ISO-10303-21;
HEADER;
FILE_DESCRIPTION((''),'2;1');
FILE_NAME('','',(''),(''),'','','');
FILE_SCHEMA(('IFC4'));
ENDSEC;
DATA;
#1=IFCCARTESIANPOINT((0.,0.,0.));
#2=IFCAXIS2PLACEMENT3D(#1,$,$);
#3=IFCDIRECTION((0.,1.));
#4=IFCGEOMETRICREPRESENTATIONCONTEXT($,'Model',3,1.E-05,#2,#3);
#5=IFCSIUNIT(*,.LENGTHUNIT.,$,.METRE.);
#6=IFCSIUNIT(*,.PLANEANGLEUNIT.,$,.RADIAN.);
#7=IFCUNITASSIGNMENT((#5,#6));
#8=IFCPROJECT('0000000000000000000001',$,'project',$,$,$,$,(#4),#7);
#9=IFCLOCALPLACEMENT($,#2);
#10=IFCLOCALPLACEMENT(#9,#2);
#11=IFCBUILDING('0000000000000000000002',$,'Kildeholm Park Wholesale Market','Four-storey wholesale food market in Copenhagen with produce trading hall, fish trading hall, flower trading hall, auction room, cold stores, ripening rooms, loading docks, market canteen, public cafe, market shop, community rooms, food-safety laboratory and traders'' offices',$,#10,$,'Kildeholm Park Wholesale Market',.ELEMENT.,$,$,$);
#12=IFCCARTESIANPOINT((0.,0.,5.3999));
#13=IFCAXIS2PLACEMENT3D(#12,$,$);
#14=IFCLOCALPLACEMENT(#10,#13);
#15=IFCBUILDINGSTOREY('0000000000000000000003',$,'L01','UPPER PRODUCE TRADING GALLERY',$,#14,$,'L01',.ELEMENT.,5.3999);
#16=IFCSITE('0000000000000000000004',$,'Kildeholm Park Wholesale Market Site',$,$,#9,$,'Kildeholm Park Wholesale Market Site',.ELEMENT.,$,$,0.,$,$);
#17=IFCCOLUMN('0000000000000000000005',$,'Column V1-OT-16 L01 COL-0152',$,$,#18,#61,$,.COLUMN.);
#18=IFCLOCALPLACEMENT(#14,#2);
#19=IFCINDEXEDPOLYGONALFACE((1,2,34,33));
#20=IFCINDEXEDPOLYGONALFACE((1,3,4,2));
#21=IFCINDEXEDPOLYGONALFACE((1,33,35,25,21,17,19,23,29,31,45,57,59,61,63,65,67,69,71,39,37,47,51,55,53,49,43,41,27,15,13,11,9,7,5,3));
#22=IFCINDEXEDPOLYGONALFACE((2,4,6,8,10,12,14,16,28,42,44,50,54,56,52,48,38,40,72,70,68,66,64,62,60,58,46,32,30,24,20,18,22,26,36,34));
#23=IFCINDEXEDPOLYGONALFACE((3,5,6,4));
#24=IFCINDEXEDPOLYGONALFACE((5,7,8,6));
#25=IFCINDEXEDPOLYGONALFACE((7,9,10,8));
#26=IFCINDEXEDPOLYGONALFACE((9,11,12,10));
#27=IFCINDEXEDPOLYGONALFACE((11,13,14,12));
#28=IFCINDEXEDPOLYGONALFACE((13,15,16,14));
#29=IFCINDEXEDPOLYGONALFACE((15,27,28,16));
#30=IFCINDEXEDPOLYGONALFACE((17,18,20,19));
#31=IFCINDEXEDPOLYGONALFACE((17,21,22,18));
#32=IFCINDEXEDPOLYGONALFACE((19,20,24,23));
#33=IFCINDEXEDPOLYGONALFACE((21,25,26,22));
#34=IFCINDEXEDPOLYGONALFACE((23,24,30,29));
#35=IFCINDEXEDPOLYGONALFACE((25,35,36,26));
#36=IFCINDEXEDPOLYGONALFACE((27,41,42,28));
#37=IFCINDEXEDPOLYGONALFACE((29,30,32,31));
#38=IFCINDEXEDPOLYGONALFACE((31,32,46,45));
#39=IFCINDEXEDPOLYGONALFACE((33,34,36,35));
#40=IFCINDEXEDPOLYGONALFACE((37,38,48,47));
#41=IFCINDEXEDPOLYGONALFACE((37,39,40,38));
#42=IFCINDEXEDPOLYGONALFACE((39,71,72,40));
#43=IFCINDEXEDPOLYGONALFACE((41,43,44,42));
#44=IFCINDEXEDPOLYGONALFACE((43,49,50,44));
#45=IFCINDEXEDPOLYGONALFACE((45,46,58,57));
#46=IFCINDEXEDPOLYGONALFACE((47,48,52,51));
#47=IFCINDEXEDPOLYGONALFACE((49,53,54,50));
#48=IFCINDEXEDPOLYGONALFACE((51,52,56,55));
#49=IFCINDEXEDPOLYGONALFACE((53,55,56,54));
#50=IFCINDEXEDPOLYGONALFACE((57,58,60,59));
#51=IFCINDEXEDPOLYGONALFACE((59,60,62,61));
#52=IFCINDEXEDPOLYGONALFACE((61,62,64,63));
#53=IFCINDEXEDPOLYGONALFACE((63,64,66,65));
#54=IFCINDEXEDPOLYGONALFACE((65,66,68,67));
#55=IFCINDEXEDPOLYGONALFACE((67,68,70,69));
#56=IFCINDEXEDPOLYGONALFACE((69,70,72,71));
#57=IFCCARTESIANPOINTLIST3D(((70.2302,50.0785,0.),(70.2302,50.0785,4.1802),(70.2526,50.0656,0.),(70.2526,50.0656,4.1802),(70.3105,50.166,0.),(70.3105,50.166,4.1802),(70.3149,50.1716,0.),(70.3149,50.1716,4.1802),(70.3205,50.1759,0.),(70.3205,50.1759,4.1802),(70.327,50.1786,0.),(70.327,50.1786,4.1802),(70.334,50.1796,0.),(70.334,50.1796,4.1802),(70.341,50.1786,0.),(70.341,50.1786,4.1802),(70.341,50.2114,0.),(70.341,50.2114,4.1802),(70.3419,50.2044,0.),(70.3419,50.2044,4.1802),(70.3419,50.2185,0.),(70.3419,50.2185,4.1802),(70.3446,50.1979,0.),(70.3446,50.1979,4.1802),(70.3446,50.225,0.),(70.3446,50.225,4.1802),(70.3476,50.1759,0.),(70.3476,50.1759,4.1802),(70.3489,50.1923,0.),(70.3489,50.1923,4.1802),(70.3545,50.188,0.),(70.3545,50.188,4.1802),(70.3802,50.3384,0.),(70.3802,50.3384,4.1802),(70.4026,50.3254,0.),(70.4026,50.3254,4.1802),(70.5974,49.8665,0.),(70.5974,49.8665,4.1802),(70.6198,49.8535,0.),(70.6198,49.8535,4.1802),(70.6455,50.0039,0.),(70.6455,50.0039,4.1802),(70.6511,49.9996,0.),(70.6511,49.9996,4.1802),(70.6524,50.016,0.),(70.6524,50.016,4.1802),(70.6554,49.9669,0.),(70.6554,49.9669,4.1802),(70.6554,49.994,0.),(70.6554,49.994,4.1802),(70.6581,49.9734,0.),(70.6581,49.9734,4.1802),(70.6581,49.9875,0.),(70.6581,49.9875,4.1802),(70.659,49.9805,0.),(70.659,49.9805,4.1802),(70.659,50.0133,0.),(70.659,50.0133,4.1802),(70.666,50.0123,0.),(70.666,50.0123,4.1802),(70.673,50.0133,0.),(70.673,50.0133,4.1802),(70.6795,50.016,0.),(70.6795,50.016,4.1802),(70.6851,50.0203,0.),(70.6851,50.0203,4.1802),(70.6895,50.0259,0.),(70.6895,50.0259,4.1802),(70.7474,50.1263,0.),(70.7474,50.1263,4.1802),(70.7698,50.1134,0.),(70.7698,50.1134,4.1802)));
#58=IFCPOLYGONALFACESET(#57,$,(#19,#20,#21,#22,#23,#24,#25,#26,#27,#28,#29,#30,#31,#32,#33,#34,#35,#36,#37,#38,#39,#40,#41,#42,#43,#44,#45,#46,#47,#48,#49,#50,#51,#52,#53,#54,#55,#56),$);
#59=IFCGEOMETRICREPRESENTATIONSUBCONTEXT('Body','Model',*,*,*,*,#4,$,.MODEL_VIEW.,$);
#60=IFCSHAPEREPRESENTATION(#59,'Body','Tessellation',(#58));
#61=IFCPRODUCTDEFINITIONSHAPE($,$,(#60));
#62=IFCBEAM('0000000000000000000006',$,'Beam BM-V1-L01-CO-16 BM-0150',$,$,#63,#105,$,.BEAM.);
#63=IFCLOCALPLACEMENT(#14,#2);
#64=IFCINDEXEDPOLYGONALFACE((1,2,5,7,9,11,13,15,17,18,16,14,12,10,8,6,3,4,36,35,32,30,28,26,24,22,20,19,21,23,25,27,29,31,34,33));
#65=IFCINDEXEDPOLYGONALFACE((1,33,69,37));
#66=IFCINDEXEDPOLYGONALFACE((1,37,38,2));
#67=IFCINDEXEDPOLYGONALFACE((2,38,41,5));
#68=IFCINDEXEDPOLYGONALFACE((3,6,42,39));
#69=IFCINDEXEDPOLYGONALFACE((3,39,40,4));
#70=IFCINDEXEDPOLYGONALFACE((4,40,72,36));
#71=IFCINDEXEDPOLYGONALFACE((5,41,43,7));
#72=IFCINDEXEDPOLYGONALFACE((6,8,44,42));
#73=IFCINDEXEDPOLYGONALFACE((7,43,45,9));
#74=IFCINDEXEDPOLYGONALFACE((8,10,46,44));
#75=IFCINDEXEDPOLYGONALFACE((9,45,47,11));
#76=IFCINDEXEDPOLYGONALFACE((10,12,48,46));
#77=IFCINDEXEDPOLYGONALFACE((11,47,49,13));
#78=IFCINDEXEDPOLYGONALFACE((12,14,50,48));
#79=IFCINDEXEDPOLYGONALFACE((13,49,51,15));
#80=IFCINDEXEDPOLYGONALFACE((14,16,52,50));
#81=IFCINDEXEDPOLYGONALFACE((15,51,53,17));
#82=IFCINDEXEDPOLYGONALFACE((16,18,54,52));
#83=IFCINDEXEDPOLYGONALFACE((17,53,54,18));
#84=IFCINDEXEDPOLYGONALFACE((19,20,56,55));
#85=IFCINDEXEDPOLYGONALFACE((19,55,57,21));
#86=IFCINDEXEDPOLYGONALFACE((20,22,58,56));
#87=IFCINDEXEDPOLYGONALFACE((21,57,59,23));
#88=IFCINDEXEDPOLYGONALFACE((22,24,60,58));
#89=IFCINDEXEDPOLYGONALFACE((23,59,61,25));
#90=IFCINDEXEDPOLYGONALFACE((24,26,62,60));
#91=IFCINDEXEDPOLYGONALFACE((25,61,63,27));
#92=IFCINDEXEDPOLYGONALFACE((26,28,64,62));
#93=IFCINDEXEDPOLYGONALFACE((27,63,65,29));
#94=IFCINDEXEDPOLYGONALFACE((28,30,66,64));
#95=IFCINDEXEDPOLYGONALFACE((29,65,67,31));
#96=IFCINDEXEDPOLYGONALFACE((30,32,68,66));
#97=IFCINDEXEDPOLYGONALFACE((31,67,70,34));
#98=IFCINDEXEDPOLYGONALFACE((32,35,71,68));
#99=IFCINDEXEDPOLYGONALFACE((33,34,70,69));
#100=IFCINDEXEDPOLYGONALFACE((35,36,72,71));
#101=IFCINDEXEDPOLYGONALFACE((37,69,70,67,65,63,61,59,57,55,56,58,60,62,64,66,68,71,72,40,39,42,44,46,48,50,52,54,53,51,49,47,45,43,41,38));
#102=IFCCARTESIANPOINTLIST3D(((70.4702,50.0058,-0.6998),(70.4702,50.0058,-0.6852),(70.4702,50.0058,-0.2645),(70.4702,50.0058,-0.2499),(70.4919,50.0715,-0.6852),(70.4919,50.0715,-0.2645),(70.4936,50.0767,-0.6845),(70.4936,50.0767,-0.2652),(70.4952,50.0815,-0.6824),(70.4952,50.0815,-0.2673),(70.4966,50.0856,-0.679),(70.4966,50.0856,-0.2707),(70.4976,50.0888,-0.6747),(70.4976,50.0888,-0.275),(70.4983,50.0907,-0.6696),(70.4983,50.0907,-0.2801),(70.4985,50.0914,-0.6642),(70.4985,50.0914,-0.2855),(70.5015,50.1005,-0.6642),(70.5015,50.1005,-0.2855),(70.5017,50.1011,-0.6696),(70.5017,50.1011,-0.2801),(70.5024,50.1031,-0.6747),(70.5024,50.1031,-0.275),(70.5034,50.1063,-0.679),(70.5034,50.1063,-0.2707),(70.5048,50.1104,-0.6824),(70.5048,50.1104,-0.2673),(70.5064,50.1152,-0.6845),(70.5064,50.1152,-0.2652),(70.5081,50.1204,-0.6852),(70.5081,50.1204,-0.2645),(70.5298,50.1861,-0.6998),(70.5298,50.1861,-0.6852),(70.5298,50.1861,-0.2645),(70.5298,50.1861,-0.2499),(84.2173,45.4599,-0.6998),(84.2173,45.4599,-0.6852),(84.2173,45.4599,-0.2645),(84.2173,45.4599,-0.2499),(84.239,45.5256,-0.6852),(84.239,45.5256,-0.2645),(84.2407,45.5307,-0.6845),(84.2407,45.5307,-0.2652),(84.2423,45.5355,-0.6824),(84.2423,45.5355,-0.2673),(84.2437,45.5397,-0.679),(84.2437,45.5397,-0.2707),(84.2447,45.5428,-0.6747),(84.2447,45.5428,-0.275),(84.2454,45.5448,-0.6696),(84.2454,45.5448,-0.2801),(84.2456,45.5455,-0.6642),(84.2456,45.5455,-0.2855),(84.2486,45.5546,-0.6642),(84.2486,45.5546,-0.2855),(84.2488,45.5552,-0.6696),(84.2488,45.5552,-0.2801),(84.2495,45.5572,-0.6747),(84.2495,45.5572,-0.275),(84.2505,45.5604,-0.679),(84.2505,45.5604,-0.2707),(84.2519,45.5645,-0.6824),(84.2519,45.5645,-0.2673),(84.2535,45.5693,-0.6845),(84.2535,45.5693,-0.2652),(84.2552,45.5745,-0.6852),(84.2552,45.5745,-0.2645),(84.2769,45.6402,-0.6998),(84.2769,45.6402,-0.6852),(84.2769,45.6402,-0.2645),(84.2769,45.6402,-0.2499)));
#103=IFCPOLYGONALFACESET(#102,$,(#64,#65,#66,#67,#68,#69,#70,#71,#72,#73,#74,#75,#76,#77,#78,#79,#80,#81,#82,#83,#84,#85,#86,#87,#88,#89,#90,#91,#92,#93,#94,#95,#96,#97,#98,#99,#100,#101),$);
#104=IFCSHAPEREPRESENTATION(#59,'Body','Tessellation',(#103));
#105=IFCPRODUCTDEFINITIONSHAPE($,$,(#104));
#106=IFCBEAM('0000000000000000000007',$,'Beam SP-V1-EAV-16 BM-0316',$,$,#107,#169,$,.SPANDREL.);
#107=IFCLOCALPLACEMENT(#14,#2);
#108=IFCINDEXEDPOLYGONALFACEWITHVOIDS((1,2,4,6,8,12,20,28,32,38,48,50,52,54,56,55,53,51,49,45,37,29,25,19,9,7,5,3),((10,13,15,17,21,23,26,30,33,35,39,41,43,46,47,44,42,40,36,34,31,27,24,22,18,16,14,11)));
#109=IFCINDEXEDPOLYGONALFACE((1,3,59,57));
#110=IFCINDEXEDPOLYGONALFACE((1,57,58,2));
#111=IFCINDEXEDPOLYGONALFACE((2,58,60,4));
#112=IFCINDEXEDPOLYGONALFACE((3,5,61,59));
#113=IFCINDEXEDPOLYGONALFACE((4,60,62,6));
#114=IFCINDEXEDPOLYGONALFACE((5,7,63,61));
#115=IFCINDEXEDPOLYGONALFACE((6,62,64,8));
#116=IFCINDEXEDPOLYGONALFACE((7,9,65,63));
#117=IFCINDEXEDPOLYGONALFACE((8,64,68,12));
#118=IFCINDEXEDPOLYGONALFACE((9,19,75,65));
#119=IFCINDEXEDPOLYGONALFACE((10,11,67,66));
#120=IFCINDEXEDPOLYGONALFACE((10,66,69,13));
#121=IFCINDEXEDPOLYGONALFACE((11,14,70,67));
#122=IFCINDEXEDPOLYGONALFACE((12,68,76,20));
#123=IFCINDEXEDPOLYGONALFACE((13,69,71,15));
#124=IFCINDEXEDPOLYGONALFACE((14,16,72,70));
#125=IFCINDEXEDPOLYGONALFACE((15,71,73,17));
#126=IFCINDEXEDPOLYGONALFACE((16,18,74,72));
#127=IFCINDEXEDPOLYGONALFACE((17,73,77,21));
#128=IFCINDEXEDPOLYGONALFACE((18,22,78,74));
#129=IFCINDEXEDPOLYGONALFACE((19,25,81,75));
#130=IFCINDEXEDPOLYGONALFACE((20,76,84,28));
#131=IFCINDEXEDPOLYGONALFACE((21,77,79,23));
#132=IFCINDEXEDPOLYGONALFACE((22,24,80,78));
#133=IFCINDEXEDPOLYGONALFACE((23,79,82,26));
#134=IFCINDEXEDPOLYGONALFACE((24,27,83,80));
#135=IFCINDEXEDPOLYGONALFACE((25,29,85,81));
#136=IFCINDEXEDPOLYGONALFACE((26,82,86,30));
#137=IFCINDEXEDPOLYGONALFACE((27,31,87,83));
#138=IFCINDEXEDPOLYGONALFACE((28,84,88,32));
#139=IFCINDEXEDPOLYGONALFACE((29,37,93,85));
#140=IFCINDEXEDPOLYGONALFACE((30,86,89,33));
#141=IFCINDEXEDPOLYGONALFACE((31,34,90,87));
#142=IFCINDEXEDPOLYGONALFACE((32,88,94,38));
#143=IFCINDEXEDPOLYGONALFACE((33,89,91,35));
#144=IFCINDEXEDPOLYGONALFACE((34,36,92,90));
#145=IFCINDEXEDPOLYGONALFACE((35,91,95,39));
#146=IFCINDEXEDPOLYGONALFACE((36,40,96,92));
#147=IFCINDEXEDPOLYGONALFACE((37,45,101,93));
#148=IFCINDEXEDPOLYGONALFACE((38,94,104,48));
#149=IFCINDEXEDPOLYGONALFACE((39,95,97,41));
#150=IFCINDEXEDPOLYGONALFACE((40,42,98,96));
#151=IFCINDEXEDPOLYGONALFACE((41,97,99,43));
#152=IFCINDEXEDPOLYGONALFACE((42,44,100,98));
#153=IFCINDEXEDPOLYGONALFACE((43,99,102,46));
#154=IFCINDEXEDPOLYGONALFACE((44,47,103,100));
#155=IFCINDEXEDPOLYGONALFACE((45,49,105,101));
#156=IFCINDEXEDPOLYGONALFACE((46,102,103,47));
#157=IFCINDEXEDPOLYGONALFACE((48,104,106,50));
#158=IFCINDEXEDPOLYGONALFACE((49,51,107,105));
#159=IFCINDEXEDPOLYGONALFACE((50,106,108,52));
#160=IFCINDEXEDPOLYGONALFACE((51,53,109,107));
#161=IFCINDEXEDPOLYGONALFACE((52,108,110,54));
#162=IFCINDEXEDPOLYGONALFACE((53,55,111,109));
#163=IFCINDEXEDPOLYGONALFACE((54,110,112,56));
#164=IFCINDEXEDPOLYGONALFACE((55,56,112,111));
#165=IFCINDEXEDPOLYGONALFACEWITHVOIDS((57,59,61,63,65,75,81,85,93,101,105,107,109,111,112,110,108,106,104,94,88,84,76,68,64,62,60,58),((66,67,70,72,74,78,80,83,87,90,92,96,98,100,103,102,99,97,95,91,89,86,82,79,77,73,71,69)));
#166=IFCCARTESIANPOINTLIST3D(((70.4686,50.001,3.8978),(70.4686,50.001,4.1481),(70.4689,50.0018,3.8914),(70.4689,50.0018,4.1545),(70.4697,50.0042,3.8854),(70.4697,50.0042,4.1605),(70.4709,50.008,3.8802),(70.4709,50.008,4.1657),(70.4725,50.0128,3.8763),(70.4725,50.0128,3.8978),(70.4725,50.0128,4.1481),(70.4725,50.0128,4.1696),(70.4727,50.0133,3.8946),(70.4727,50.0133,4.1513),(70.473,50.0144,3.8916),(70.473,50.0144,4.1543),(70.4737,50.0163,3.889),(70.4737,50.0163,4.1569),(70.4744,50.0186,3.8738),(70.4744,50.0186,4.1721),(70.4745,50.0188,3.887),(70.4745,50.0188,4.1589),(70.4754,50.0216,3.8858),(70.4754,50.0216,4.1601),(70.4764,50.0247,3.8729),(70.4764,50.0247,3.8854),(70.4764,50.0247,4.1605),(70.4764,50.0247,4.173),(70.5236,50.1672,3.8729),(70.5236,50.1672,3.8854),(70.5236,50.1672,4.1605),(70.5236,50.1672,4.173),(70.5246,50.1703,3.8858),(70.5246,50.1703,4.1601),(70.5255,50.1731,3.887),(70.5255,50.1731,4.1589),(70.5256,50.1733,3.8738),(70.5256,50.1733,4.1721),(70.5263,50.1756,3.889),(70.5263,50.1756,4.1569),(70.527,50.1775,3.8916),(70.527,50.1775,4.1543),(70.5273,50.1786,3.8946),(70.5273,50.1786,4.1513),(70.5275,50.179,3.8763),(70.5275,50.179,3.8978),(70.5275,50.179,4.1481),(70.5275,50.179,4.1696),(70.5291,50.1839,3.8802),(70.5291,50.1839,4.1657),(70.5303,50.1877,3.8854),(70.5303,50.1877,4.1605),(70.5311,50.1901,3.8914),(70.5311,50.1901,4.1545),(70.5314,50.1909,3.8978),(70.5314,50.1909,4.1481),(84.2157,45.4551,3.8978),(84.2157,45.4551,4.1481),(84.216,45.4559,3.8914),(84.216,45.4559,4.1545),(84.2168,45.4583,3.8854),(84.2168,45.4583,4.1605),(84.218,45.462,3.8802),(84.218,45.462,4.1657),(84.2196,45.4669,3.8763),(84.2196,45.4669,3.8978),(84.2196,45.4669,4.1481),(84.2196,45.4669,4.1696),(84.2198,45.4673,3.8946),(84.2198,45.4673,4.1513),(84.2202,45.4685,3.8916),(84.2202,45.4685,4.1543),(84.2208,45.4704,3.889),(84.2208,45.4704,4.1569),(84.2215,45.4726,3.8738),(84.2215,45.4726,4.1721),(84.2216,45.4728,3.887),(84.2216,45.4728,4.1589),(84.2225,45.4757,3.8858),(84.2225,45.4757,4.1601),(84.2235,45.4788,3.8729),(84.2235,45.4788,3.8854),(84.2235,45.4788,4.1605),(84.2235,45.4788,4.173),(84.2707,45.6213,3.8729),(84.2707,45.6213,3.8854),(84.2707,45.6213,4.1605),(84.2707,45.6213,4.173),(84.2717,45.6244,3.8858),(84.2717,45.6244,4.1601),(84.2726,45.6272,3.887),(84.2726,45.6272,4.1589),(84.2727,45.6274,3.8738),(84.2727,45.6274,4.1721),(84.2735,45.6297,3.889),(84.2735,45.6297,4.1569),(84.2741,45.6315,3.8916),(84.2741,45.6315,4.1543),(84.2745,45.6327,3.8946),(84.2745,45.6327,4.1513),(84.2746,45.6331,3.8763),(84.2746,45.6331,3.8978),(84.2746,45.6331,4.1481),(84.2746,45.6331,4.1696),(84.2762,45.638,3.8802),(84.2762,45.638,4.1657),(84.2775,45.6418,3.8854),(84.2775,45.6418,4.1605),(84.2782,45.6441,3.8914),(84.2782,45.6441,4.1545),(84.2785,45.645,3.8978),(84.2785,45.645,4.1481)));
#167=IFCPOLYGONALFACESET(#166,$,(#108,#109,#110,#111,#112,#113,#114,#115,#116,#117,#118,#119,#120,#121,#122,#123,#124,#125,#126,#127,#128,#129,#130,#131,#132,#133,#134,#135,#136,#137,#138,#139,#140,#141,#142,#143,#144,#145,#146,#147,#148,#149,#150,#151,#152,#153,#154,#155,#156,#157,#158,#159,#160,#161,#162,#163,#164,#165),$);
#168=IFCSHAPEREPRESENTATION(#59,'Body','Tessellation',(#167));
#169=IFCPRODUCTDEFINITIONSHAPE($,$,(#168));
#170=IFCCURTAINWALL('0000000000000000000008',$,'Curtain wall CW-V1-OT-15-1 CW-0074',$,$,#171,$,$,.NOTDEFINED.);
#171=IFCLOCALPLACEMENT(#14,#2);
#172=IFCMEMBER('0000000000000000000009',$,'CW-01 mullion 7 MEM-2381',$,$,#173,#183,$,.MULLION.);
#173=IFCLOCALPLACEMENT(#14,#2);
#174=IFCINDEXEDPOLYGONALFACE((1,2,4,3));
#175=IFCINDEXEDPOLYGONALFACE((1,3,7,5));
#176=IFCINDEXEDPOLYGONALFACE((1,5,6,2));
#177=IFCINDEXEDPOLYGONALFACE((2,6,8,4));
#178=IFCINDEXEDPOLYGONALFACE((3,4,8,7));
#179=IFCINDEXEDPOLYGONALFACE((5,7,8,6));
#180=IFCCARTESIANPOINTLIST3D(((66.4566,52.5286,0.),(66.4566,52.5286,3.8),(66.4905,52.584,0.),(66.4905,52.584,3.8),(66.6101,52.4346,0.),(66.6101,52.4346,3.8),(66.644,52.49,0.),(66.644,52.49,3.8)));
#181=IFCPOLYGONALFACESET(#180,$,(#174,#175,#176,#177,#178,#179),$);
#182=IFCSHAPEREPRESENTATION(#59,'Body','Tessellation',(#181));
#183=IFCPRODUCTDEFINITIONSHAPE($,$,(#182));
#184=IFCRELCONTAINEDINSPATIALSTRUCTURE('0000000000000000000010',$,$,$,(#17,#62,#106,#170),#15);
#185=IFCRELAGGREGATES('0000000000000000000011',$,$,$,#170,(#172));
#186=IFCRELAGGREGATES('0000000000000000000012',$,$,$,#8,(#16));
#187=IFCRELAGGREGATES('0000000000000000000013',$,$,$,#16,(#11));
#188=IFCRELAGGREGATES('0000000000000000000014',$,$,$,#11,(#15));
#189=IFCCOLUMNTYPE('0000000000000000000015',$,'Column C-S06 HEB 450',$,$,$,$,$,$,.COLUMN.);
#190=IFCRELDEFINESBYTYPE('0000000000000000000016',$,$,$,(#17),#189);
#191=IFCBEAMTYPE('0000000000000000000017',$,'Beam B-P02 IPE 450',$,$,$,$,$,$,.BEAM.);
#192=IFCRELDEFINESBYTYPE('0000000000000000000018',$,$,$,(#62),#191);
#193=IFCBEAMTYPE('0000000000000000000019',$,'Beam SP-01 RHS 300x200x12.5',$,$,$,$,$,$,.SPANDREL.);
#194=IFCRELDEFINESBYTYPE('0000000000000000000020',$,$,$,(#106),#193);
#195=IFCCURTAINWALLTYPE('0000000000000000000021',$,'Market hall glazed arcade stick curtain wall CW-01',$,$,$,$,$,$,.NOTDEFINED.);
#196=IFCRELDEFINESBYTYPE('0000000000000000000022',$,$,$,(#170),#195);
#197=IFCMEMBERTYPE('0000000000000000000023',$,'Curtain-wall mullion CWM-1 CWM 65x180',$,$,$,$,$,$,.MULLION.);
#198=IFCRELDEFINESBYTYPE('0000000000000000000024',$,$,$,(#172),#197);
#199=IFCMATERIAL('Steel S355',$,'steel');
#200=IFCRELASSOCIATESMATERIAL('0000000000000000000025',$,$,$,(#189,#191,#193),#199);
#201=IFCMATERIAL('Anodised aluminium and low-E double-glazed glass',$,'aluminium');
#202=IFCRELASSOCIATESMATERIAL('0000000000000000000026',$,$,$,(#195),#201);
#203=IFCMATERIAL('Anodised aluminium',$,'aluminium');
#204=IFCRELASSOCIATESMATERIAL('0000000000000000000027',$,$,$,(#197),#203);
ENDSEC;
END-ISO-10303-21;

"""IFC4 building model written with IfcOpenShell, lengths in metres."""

from ifc_helpers import new_model, si_unit, direction, frame, origin, origin_2d, place, context, subcontext, project, spatial, rectangle, hollow_rectangle, i_section, extrude, material, material_profile, profile_set, type_object, element, aggregate, save


model = new_model("IFC4")

# Units and contexts
model_context = context("Model", 3, precision=1e-05, world=origin(), true_north=direction((0.0, 1.0)))
body_context = subcontext(model_context, "Body", "Model", "MODEL_VIEW")
ifc_project = project(units=[si_unit("LENGTHUNIT", "METRE"), si_unit("PLANEANGLEUNIT", "RADIAN")], contexts=[model_context])

# Site, building, storey
site_placement = place(None, origin())
site = spatial("IfcSite", under=ifc_project, at=site_placement, Name="Kildeholm Park Wholesale Market Site", LongName="Kildeholm Park Wholesale Market Site", CompositionType="ELEMENT", RefElevation=0.0)
building_placement = place(site_placement, origin())
building = spatial("IfcBuilding", under=site, at=building_placement, Name="Kildeholm Park Wholesale Market", Description="Four-storey wholesale food market in Copenhagen with produce trading hall, fish trading hall, flower trading hall, auction room, cold stores, ripening rooms, loading docks, market canteen, public cafe, market shop, community rooms, food-safety laboratory and traders' offices", LongName="Kildeholm Park Wholesale Market", CompositionType="ELEMENT")
storey_placement = place(building_placement, frame((0.0, 0.0, 5.3999)))
storey = spatial("IfcBuildingStorey", under=building, at=storey_placement, Name="L01", Description="UPPER PRODUCE TRADING GALLERY", LongName="L01", CompositionType="ELEMENT", Elevation=5.3999)

# Column
ifc_material_1 = material(Name="Steel S355", Category="steel")
ifc_material_profile_1 = material_profile(ifc_material_1, i_section(OverallWidth=0.3, OverallDepth=0.45, WebThickness=0.0139, FlangeThickness=0.0259, FilletRadius=0.0271, at=origin_2d()), Name="HEB 450")
ifc_profile_set_1 = profile_set([ifc_material_profile_1], Name="Steel S355")
column_type = type_object("IfcColumnType", Name="Column C-S06 HEB 450", PredefinedType="COLUMN", material=ifc_profile_set_1)
column_placement = place(storey_placement, frame((70.5, 50.0959, 0.0), z_axis=(0.0, 0.0, 1.0), x_axis=(-0.5, -0.866025, 0.0)))
element("IfcColumn", 1, at=column_placement, inside=storey, type_object=column_type, Name="Column V1-OT-16 L01 COL-0152", PredefinedType="COLUMN", context=body_context, shape_type="SweptSolid", body=[
    extrude(i_section(OverallWidth=0.3, OverallDepth=0.45, WebThickness=0.0139, FlangeThickness=0.0259, FilletRadius=0.0271, at=origin_2d()), origin(), (0.0, 0.0, 1.0), 4.1802),
])

# Beams
ifc_material_profile_2 = material_profile(ifc_material_1, i_section(OverallWidth=0.1899, OverallDepth=0.45, WebThickness=0.0095, FlangeThickness=0.0146, FilletRadius=0.021, at=origin_2d()), Name="IPE 450")
ifc_profile_set_2 = profile_set([ifc_material_profile_2], Name="Steel S355")
beam_type_1 = type_object("IfcBeamType", Name="Beam B-P02 IPE 450", PredefinedType="BEAM", material=ifc_profile_set_2)
beam_1_placement = place(storey_placement, frame((70.5, 50.0959, -0.4749), z_axis=(0.949436, -0.313961, 0.0), x_axis=(0.313961, 0.949436, 0.0)))
element("IfcBeam", 2, at=beam_1_placement, inside=storey, type_object=beam_type_1, Name="Beam BM-V1-L01-CO-16 BM-0150", PredefinedType="BEAM", context=body_context, shape_type="SweptSolid", body=[
    extrude(i_section(OverallWidth=0.1899, OverallDepth=0.45, WebThickness=0.0095, FlangeThickness=0.0146, FilletRadius=0.021, at=origin_2d()), origin(), (0.0, 0.0, 1.0), 14.4792),
])
ifc_material_profile_3 = material_profile(ifc_material_1, hollow_rectangle(XDim=0.2, YDim=0.3, WallThickness=0.0125, InnerFilletRadius=0.0125, OuterFilletRadius=0.0249, at=origin_2d()), Name="RHS 300x200x12.5")
ifc_profile_set_3 = profile_set([ifc_material_profile_3], Name="Steel S355")
beam_type_2 = type_object("IfcBeamType", Name="Beam SP-01 RHS 300x200x12.5", PredefinedType="SPANDREL", material=ifc_profile_set_3)
beam_2_placement = place(storey_placement, frame((70.5, 50.0959, 4.0229), z_axis=(0.949436, -0.313961, 0.0), x_axis=(0.313961, 0.949436, 0.0)))
element("IfcBeam", 3, at=beam_2_placement, inside=storey, type_object=beam_type_2, Name="Beam SP-V1-EAV-16 BM-0316", PredefinedType="SPANDREL", context=body_context, shape_type="SweptSolid", body=[
    extrude(hollow_rectangle(XDim=0.2, YDim=0.3, WallThickness=0.0125, InnerFilletRadius=0.0125, OuterFilletRadius=0.0249, at=origin_2d()), origin(), (0.0, 0.0, 1.0), 14.4792),
])

# Curtain wall, member
ifc_material_2 = material(Name="Anodised aluminium and low-E double-glazed glass", Category="aluminium")
curtain_wall_type = type_object("IfcCurtainWallType", Name="Market hall glazed arcade stick curtain wall CW-01", PredefinedType="NOTDEFINED", material=ifc_material_2)
curtain_wall_1_placement = place(storey_placement, origin())
curtain_wall_1 = element("IfcCurtainWall", 4, at=curtain_wall_1_placement, inside=storey, type_object=curtain_wall_type, Name="Curtain wall CW-V1-OT-15-1 CW-0074", PredefinedType="NOTDEFINED")
ifc_material_3 = material(Name="Anodised aluminium", Category="aluminium")
ifc_material_profile_4 = material_profile(ifc_material_3, rectangle(XDim=0.0649, YDim=0.1799, at=origin_2d()), Name="CWM 65x180")
ifc_profile_set_4 = profile_set([ifc_material_profile_4], Name="Anodised aluminium")
member_type_1 = type_object("IfcMemberType", Name="Curtain-wall mullion CWM-1 CWM 65x180", PredefinedType="MULLION", material=ifc_profile_set_4)
member_1_placement = place(storey_placement, frame((66.5503, 52.5093, 0.0), z_axis=(0.0, 0.0, 1.0), x_axis=(0.522284, 0.852771, 0.0)))
member_1 = element("IfcMember", 5, at=member_1_placement, type_object=member_type_1, Name="CW-01 mullion 7 MEM-2381", PredefinedType="MULLION", context=body_context, shape_type="SweptSolid", body=[
    extrude(rectangle(XDim=0.0649, YDim=0.1799, at=origin_2d()), origin(), (0.0, 0.0, 1.0), 3.8),
])

aggregate(curtain_wall_1, [member_1])

save(model, "model.ifc")
